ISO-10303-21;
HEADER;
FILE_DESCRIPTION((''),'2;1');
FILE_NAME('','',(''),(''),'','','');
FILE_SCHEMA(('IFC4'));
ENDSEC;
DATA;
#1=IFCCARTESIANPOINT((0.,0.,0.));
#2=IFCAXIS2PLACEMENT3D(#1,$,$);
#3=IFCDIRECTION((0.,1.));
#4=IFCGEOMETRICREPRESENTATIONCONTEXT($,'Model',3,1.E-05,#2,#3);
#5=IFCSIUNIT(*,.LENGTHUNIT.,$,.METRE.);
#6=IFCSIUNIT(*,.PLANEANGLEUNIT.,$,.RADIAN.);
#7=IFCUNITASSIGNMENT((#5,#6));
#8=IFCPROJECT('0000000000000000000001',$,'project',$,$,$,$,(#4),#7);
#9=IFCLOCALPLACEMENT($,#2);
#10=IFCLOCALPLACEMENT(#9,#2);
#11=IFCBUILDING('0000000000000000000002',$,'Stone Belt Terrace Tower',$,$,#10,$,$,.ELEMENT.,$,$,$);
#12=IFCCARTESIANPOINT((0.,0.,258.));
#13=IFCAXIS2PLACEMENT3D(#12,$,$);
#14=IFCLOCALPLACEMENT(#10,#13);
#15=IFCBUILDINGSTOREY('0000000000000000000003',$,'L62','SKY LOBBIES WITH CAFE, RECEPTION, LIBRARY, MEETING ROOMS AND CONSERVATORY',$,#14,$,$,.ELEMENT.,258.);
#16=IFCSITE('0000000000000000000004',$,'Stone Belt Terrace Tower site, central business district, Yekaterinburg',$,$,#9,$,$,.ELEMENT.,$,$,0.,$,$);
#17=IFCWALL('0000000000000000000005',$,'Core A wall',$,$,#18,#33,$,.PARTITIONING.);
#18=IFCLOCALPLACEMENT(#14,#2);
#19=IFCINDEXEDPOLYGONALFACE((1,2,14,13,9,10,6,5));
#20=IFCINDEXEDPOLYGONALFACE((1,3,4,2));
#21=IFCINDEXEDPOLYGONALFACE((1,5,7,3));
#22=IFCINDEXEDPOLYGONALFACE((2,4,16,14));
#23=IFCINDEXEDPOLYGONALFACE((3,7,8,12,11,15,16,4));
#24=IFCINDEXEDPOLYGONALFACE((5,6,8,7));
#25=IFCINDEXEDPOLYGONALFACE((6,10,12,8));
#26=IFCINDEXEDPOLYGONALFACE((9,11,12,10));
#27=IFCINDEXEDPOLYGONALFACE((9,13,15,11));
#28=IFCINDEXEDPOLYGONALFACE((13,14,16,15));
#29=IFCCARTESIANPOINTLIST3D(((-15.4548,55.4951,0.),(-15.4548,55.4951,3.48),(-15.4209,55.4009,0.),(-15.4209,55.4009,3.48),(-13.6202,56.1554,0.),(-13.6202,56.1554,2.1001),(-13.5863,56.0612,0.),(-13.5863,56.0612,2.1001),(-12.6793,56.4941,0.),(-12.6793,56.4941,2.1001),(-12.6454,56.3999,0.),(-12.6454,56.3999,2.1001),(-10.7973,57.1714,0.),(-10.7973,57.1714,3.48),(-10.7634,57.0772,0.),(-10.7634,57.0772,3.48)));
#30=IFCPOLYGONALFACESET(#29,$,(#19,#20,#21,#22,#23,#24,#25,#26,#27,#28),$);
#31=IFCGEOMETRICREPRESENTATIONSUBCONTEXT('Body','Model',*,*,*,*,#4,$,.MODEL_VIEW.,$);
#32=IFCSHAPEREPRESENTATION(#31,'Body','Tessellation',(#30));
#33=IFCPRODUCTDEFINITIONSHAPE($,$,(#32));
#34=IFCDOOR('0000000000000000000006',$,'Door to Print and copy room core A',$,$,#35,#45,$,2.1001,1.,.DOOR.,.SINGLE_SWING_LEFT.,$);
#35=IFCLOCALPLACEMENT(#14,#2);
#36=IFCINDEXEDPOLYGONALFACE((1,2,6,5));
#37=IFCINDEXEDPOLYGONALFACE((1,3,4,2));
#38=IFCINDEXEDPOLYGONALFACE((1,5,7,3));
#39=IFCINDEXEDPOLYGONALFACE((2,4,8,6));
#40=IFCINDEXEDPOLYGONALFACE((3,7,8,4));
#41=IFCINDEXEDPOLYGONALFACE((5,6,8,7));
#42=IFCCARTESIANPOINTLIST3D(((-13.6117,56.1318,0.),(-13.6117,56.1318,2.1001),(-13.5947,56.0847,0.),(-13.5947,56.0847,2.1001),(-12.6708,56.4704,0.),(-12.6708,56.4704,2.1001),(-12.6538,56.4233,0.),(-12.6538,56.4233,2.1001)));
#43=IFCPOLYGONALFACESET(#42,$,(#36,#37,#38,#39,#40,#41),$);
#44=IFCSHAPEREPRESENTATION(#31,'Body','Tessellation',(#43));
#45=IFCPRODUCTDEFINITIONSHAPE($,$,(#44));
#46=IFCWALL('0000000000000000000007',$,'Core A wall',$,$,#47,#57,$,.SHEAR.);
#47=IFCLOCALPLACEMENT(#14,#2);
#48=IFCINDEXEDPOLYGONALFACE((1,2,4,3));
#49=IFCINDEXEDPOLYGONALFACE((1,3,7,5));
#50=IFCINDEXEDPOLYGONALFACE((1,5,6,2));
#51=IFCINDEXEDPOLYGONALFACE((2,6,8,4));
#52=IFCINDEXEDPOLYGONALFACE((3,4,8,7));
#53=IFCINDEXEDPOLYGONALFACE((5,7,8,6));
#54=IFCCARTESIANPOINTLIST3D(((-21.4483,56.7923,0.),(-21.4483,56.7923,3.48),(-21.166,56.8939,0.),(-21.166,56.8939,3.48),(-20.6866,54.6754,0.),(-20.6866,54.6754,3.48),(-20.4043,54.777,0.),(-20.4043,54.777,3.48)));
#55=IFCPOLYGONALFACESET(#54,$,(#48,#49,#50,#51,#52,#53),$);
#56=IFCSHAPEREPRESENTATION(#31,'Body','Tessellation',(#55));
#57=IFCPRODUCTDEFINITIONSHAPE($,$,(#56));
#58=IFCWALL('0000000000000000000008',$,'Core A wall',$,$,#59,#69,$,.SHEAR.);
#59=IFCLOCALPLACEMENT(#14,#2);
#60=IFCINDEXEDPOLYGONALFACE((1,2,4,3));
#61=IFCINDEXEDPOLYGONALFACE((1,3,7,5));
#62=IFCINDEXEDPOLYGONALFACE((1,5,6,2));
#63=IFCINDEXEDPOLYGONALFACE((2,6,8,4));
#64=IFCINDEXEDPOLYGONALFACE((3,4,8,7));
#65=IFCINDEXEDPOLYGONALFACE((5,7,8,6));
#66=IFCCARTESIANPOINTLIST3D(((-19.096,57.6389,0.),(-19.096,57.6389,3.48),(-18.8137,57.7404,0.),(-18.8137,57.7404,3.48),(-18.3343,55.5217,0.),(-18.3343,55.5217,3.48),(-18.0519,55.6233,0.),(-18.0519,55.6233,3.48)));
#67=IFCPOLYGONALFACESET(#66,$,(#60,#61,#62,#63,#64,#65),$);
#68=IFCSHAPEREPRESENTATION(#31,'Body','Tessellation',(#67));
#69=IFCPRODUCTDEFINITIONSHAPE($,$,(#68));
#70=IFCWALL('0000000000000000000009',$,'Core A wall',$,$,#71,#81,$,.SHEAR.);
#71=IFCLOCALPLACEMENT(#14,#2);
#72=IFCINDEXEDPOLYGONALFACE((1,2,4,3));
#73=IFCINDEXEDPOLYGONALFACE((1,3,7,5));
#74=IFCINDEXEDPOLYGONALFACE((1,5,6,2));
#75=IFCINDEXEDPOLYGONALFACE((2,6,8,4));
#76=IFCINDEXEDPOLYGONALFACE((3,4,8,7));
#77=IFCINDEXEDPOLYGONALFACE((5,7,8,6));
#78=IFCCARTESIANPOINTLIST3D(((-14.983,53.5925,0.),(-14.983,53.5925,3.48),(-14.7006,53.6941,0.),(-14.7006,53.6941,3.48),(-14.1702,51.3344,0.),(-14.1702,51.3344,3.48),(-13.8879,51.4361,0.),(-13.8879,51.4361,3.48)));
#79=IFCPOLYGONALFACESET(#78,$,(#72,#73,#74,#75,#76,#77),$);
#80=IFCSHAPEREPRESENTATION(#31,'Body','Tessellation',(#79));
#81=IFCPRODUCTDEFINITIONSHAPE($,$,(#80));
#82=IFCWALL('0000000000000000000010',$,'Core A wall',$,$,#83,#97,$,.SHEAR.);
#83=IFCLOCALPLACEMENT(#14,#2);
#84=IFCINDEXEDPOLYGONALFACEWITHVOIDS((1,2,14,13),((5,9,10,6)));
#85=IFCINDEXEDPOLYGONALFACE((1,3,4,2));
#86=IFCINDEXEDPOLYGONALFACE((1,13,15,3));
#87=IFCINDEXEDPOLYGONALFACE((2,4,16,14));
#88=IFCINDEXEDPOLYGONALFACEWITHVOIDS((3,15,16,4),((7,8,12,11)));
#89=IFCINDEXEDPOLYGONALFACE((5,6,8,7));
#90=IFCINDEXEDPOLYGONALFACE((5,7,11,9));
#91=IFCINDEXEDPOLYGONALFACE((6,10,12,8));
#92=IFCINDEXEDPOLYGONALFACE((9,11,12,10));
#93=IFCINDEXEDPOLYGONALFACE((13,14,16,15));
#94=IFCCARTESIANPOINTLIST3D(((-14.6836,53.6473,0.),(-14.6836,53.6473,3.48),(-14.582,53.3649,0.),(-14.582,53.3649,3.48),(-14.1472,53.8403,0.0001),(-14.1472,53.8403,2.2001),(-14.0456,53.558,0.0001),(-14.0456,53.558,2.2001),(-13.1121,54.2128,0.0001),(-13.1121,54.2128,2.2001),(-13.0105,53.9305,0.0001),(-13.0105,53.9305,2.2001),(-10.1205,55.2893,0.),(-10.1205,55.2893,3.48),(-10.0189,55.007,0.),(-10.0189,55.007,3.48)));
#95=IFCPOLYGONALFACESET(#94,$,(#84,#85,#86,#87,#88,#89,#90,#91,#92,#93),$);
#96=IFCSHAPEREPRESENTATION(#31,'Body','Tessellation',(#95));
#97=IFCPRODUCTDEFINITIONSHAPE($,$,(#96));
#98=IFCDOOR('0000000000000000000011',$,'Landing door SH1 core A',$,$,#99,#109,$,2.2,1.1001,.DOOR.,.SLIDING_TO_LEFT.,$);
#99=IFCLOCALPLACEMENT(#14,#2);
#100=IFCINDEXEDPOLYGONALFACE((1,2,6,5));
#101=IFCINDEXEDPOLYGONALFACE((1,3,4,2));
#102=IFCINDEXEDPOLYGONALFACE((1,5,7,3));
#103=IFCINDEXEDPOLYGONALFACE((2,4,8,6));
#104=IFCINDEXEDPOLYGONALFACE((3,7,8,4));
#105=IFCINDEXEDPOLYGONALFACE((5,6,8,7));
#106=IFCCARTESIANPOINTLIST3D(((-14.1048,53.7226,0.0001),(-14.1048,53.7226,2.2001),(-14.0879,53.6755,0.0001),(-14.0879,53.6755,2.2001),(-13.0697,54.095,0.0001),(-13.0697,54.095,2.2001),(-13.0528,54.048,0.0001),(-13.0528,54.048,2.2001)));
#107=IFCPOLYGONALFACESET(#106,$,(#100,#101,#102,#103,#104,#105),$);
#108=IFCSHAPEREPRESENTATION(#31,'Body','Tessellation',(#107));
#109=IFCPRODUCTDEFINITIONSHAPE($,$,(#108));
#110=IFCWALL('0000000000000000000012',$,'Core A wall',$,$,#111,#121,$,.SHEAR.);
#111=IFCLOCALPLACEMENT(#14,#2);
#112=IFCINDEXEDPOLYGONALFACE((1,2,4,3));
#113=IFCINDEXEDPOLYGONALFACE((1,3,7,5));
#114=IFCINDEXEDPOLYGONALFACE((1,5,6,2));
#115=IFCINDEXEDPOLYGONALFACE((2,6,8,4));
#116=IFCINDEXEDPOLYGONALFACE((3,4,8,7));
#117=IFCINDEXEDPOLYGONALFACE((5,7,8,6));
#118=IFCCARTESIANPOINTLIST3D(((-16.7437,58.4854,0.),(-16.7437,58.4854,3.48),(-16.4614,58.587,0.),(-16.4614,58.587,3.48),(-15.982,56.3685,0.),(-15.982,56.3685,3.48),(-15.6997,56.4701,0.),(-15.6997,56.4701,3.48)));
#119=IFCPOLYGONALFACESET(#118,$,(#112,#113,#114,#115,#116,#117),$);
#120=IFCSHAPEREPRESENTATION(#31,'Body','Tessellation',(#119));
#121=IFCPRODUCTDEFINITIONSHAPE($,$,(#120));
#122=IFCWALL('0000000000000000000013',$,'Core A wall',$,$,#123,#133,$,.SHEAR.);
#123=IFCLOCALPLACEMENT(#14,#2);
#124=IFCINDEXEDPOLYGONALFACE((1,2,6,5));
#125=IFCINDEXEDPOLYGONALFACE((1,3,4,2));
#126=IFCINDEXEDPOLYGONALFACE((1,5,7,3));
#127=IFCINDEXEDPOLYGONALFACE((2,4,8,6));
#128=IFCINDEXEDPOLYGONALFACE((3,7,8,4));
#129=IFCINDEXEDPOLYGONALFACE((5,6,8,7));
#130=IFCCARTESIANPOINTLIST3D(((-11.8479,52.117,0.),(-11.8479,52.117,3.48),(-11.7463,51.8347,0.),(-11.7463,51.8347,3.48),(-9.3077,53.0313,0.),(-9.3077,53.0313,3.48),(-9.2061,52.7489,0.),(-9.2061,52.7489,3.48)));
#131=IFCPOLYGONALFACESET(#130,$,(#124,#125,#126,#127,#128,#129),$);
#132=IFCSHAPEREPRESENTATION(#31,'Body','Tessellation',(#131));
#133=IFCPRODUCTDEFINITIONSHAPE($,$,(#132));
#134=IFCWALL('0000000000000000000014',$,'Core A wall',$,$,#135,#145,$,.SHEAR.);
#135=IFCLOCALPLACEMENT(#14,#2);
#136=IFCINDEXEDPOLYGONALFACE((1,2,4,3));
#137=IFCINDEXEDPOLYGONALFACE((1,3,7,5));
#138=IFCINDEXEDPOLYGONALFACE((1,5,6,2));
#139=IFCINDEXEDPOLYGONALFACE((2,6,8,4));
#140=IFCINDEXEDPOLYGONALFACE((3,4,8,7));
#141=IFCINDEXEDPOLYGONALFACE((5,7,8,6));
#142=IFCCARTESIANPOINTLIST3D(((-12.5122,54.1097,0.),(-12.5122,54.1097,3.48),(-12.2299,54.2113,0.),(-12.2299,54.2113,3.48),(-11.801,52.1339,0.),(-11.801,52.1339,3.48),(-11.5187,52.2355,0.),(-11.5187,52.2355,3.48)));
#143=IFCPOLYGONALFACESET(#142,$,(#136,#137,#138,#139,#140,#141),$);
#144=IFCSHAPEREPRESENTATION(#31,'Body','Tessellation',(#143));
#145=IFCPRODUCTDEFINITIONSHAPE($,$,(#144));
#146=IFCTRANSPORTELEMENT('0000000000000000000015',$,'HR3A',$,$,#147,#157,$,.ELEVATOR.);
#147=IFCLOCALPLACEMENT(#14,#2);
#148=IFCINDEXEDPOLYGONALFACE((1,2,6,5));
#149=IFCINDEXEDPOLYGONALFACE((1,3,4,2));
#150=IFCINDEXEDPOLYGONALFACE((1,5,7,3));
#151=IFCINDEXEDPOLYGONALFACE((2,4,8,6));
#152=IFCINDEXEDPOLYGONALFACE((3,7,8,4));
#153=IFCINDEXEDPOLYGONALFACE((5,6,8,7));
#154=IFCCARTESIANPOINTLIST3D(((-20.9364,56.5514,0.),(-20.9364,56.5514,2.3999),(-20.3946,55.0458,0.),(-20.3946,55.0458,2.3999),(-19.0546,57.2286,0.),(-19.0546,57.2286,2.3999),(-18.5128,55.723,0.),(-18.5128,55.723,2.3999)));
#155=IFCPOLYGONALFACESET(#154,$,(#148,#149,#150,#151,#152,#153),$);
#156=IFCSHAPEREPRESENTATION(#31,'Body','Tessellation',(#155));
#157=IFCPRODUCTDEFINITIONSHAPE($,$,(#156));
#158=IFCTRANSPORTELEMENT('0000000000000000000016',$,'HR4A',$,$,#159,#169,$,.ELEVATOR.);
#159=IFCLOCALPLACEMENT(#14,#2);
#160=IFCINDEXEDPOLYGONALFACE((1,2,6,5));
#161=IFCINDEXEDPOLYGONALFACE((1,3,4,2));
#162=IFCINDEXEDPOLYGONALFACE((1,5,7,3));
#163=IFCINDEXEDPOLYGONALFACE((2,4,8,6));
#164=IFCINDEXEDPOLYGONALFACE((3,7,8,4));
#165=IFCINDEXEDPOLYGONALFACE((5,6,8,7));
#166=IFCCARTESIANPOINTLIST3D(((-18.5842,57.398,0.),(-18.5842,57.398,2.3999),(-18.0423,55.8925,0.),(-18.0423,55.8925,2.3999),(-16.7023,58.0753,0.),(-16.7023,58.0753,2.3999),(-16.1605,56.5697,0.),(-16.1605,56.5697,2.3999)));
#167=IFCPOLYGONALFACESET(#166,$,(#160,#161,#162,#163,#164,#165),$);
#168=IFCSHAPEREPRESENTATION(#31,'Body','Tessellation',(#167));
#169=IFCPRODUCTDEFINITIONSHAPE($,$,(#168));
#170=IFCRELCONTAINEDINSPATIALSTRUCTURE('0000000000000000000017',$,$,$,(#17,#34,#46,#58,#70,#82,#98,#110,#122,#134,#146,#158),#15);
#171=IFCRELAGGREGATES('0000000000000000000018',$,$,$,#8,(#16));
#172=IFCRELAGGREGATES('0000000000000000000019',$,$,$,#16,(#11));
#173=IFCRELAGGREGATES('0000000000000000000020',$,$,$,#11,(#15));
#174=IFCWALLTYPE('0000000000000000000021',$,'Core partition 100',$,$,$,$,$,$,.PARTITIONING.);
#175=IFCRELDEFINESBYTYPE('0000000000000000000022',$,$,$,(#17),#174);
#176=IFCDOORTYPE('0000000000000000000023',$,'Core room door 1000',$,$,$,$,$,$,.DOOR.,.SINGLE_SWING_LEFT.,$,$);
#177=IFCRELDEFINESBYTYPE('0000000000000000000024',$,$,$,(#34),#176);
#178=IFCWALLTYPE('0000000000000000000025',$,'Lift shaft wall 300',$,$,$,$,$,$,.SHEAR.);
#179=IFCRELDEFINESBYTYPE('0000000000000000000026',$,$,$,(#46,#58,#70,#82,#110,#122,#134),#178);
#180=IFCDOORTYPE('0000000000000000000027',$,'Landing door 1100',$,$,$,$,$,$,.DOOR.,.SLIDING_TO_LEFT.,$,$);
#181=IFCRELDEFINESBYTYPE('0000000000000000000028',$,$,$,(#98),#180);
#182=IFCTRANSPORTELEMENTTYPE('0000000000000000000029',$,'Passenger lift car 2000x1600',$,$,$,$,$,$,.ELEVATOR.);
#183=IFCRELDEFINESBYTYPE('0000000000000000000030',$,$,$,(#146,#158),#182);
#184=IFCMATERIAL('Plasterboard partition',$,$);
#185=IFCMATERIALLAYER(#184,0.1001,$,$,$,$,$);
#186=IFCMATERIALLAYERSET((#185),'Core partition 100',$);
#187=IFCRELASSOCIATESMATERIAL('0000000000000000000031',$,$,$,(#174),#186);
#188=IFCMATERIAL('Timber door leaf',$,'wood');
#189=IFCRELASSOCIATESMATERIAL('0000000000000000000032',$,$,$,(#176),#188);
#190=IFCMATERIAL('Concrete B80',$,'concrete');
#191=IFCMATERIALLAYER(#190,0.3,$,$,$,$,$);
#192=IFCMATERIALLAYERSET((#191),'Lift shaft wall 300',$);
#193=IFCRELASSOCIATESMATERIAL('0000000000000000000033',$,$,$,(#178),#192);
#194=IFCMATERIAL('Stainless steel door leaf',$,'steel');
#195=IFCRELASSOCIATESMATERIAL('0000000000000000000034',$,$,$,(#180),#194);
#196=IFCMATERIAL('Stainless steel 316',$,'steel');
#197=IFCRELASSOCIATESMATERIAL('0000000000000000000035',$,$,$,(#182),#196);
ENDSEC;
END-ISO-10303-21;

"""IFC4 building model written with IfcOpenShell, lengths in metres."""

from ifc_helpers import new_model, si_unit, direction, frame, frame_2d, origin, origin_2d, place, context, subcontext, project, spatial, rectangle, extrude, material, layer, layer_set, type_object, element, fill, save


model = new_model("IFC4")

# Units and contexts
model_context = context("Model", 3, precision=1e-05, world=origin(), true_north=direction((0.0, 1.0)))
body_context = subcontext(model_context, "Body", "Model", "MODEL_VIEW")
ifc_project = project(units=[si_unit("LENGTHUNIT", "METRE"), si_unit("PLANEANGLEUNIT", "RADIAN")], contexts=[model_context])

# Site, building, storey
site_placement = place(None, origin())
site = spatial("IfcSite", under=ifc_project, at=site_placement, Name="Stone Belt Terrace Tower site, central business district, Yekaterinburg", CompositionType="ELEMENT", RefElevation=0.0)
building_placement = place(site_placement, origin())
building = spatial("IfcBuilding", under=site, at=building_placement, Name="Stone Belt Terrace Tower", CompositionType="ELEMENT")
storey_placement = place(building_placement, frame((0.0, 0.0, 258.0)))
storey = spatial("IfcBuildingStorey", under=building, at=storey_placement, Name="L62", Description="SKY LOBBIES WITH CAFE, RECEPTION, LIBRARY, MEETING ROOMS AND CONSERVATORY", CompositionType="ELEMENT", Elevation=258.0)

# Shared definitions
ifc_material_1 = material(Name="Plasterboard partition")
ifc_layer_1 = layer(ifc_material_1, 0.1001)
ifc_layer_set_1 = layer_set([ifc_layer_1], Name="Core partition 100")
wall_type_1 = type_object("IfcWallType", Name="Core partition 100", PredefinedType="PARTITIONING", material=ifc_layer_set_1)
ifc_material_2 = material(Name="Timber door leaf", Category="wood")
door_type_1 = type_object("IfcDoorType", Name="Core room door 1000", OperationType="SINGLE_SWING_LEFT", PredefinedType="DOOR", material=ifc_material_2)

# Wall, opening, door
wall_1_placement = place(storey_placement, frame((-15.438, 55.448, 0.0), z_axis=(0.0, 0.0, 1.0), x_axis=(0.940914, 0.338644, 0.0)))
wall_1 = element("IfcWall", 1, at=wall_1_placement, inside=storey, type_object=wall_type_1, Name="Core A wall", PredefinedType="PARTITIONING", context=body_context, shape_type="SweptSolid", body=[
    extrude(rectangle(XDim=4.95, YDim=0.1001, at=frame_2d((2.4751, 0.0))), origin(), (0.0, 0.0, 1.0), 3.48),
])
opening_1_placement = place(wall_1_placement, frame((1.95, 0.0, 0.0)))
opening_1 = element("IfcOpeningElement", 2, at=opening_1_placement, cuts=wall_1, PredefinedType="OPENING", context=body_context, shape_type="SweptSolid", body=[
    extrude(rectangle(XDim=1.0, YDim=2.1001, at=frame_2d((0.5, 1.05))), frame((0.0, 0.0601, 0.0), z_axis=(0.0, -1.0, 0.0), x_axis=(1.0, 0.0, 0.0)), (0.0, 0.0, 1.0), 0.1201),
])
door_1_placement = place(opening_1_placement, origin())
door_1 = element("IfcDoor", 3, at=door_1_placement, inside=storey, type_object=door_type_1, Name="Door to Print and copy room core A", OperationType="SINGLE_SWING_LEFT", OverallHeight=2.1001, OverallWidth=1.0, PredefinedType="DOOR", context=body_context, shape_type="SweptSolid", body=[
    extrude(rectangle(XDim=1.0, YDim=2.1001, at=frame_2d((0.5, 1.05))), frame((0.0, 0.0249, 0.0), z_axis=(0.0, -1.0, 0.0), x_axis=(1.0, 0.0, 0.0)), (0.0, 0.0, 1.0), 0.05),
])
fill(opening_1, door_1)

# Walls
ifc_material_3 = material(Name="Concrete B80", Category="concrete")
ifc_layer_2 = layer(ifc_material_3, 0.3)
ifc_layer_set_2 = layer_set([ifc_layer_2], Name="Lift shaft wall 300")
wall_type_2 = type_object("IfcWallType", Name="Lift shaft wall 300", PredefinedType="SHEAR", material=ifc_layer_set_2)
wall_2_placement = place(storey_placement, frame((-20.5454, 54.7261, 0.0), z_axis=(0.0, 0.0, 1.0), x_axis=(-0.33857, 0.940941, 0.0)))
element("IfcWall", 4, at=wall_2_placement, inside=storey, type_object=wall_type_2, Name="Core A wall", PredefinedType="SHEAR", context=body_context, shape_type="SweptSolid", body=[
    extrude(rectangle(XDim=2.2498, YDim=0.3, at=frame_2d((1.125, 0.0))), origin(), (0.0, 0.0, 1.0), 3.48),
])
wall_3_placement = place(storey_placement, frame((-18.1931, 55.5725, 0.0), z_axis=(0.0, 0.0, 1.0), x_axis=(-0.338535, 0.940954, 0.0)))
element("IfcWall", 5, at=wall_3_placement, inside=storey, type_object=wall_type_2, Name="Core A wall", PredefinedType="SHEAR", context=body_context, shape_type="SweptSolid", body=[
    extrude(rectangle(XDim=2.25, YDim=0.3, at=frame_2d((1.125, 0.0))), origin(), (0.0, 0.0, 1.0), 3.48),
])
wall_4_placement = place(storey_placement, frame((-14.0291, 51.3853, 0.0), z_axis=(0.0, 0.0, 1.0), x_axis=(-0.338662, 0.940908, 0.0)))
element("IfcWall", 6, at=wall_4_placement, inside=storey, type_object=wall_type_2, Name="Core A wall", PredefinedType="SHEAR", context=body_context, shape_type="SweptSolid", body=[
    extrude(rectangle(XDim=2.3999, YDim=0.3, at=frame_2d((1.2, 0.0))), origin(), (0.0, 0.0, 1.0), 3.48),
])

# Wall, opening, door
wall_5_placement = place(storey_placement, frame((-14.6328, 53.5061, 0.0), z_axis=(0.0, 0.0, 1.0), x_axis=(0.940932, 0.338596, 0.0)))
wall_5 = element("IfcWall", 7, at=wall_5_placement, inside=storey, type_object=wall_type_2, Name="Core A wall", PredefinedType="SHEAR", context=body_context, shape_type="SweptSolid", body=[
    extrude(rectangle(XDim=4.8496, YDim=0.3, at=frame_2d((2.4248, 0.0))), origin(), (0.0, 0.0, 1.0), 3.48),
])
opening_2_placement = place(wall_5_placement, frame((0.5701, 0.0, 0.0)))
opening_2 = element("IfcOpeningElement", 8, at=opening_2_placement, cuts=wall_5, PredefinedType="OPENING", context=body_context, shape_type="SweptSolid", body=[
    extrude(rectangle(XDim=1.1001, YDim=2.2, at=frame_2d((0.55, 1.1001))), frame((0.0, 0.1599, 0.0), z_axis=(0.0, -1.0, 0.0), x_axis=(1.0, 0.0, 0.0)), (0.0, 0.0, 1.0), 0.3201),
])
ifc_material_4 = material(Name="Stainless steel door leaf", Category="steel")
door_type_2 = type_object("IfcDoorType", Name="Landing door 1100", OperationType="SLIDING_TO_LEFT", PredefinedType="DOOR", material=ifc_material_4)
door_2_placement = place(opening_2_placement, origin())
door_2 = element("IfcDoor", 9, at=door_2_placement, inside=storey, type_object=door_type_2, Name="Landing door SH1 core A", OperationType="SLIDING_TO_LEFT", OverallHeight=2.2, OverallWidth=1.1001, PredefinedType="DOOR", context=body_context, shape_type="SweptSolid", body=[
    extrude(rectangle(XDim=1.1001, YDim=2.2, at=frame_2d((0.55, 1.1001))), frame((0.0, 0.0249, 0.0), z_axis=(0.0, -1.0, 0.0), x_axis=(1.0, 0.0, 0.0)), (0.0, 0.0, 1.0), 0.05),
])
fill(opening_2, door_2)

# Walls
wall_6_placement = place(storey_placement, frame((-15.8408, 56.4192, 0.0), z_axis=(0.0, 0.0, 1.0), x_axis=(-0.33857, 0.940941, 0.0)))
element("IfcWall", 10, at=wall_6_placement, inside=storey, type_object=wall_type_2, Name="Core A wall", PredefinedType="SHEAR", context=body_context, shape_type="SweptSolid", body=[
    extrude(rectangle(XDim=2.2498, YDim=0.3, at=frame_2d((1.125, 0.0))), origin(), (0.0, 0.0, 1.0), 3.48),
])
wall_7_placement = place(storey_placement, frame((-11.7971, 51.9758, 0.0), z_axis=(0.0, 0.0, 1.0), x_axis=(0.94091, 0.338655, 0.0)))
element("IfcWall", 11, at=wall_7_placement, inside=storey, type_object=wall_type_2, Name="Core A wall", PredefinedType="SHEAR", context=body_context, shape_type="SweptSolid", body=[
    extrude(rectangle(XDim=2.6997, YDim=0.3, at=frame_2d((1.3499, 0.0))), origin(), (0.0, 0.0, 1.0), 3.48),
])
wall_8_placement = place(storey_placement, frame((-11.6599, 52.1848, 0.0), z_axis=(0.0, 0.0, 1.0), x_axis=(-0.33867, 0.940905, 0.0)))
element("IfcWall", 12, at=wall_8_placement, inside=storey, type_object=wall_type_2, Name="Core A wall", PredefinedType="SHEAR", context=body_context, shape_type="SweptSolid", body=[
    extrude(rectangle(XDim=2.0999, YDim=0.3, at=frame_2d((1.0498, 0.0))), origin(), (0.0, 0.0, 1.0), 3.48),
])

# Transport elements
ifc_material_5 = material(Name="Stainless steel 316", Category="steel")
transport_element_type = type_object("IfcTransportElementType", Name="Passenger lift car 2000x1600", PredefinedType="ELEVATOR", material=ifc_material_5)
for number, where, z_axis, x_axis, name in (
    (13, (-19.7246, 56.1372, 0.0), (0.0, 0.0, 1.0), (0.940922, 0.338625, 0.0), "HR3A"),
    (14, (-17.3723, 56.9839, 0.0), (0.0, 0.0, 1.0), (0.940922, 0.338625, 0.0), "HR4A"),
):
    element("IfcTransportElement", number, at=place(storey_placement, frame(where, z_axis=z_axis, x_axis=x_axis)), inside=storey, type_object=transport_element_type, Name=name, PredefinedType="ELEVATOR", context=body_context, shape_type="SweptSolid", body=[
        extrude(rectangle(XDim=2.0, YDim=1.6001, at=origin_2d()), origin(), (0.0, 0.0, 1.0), 2.3999),
    ])

save(model, "model.ifc")
